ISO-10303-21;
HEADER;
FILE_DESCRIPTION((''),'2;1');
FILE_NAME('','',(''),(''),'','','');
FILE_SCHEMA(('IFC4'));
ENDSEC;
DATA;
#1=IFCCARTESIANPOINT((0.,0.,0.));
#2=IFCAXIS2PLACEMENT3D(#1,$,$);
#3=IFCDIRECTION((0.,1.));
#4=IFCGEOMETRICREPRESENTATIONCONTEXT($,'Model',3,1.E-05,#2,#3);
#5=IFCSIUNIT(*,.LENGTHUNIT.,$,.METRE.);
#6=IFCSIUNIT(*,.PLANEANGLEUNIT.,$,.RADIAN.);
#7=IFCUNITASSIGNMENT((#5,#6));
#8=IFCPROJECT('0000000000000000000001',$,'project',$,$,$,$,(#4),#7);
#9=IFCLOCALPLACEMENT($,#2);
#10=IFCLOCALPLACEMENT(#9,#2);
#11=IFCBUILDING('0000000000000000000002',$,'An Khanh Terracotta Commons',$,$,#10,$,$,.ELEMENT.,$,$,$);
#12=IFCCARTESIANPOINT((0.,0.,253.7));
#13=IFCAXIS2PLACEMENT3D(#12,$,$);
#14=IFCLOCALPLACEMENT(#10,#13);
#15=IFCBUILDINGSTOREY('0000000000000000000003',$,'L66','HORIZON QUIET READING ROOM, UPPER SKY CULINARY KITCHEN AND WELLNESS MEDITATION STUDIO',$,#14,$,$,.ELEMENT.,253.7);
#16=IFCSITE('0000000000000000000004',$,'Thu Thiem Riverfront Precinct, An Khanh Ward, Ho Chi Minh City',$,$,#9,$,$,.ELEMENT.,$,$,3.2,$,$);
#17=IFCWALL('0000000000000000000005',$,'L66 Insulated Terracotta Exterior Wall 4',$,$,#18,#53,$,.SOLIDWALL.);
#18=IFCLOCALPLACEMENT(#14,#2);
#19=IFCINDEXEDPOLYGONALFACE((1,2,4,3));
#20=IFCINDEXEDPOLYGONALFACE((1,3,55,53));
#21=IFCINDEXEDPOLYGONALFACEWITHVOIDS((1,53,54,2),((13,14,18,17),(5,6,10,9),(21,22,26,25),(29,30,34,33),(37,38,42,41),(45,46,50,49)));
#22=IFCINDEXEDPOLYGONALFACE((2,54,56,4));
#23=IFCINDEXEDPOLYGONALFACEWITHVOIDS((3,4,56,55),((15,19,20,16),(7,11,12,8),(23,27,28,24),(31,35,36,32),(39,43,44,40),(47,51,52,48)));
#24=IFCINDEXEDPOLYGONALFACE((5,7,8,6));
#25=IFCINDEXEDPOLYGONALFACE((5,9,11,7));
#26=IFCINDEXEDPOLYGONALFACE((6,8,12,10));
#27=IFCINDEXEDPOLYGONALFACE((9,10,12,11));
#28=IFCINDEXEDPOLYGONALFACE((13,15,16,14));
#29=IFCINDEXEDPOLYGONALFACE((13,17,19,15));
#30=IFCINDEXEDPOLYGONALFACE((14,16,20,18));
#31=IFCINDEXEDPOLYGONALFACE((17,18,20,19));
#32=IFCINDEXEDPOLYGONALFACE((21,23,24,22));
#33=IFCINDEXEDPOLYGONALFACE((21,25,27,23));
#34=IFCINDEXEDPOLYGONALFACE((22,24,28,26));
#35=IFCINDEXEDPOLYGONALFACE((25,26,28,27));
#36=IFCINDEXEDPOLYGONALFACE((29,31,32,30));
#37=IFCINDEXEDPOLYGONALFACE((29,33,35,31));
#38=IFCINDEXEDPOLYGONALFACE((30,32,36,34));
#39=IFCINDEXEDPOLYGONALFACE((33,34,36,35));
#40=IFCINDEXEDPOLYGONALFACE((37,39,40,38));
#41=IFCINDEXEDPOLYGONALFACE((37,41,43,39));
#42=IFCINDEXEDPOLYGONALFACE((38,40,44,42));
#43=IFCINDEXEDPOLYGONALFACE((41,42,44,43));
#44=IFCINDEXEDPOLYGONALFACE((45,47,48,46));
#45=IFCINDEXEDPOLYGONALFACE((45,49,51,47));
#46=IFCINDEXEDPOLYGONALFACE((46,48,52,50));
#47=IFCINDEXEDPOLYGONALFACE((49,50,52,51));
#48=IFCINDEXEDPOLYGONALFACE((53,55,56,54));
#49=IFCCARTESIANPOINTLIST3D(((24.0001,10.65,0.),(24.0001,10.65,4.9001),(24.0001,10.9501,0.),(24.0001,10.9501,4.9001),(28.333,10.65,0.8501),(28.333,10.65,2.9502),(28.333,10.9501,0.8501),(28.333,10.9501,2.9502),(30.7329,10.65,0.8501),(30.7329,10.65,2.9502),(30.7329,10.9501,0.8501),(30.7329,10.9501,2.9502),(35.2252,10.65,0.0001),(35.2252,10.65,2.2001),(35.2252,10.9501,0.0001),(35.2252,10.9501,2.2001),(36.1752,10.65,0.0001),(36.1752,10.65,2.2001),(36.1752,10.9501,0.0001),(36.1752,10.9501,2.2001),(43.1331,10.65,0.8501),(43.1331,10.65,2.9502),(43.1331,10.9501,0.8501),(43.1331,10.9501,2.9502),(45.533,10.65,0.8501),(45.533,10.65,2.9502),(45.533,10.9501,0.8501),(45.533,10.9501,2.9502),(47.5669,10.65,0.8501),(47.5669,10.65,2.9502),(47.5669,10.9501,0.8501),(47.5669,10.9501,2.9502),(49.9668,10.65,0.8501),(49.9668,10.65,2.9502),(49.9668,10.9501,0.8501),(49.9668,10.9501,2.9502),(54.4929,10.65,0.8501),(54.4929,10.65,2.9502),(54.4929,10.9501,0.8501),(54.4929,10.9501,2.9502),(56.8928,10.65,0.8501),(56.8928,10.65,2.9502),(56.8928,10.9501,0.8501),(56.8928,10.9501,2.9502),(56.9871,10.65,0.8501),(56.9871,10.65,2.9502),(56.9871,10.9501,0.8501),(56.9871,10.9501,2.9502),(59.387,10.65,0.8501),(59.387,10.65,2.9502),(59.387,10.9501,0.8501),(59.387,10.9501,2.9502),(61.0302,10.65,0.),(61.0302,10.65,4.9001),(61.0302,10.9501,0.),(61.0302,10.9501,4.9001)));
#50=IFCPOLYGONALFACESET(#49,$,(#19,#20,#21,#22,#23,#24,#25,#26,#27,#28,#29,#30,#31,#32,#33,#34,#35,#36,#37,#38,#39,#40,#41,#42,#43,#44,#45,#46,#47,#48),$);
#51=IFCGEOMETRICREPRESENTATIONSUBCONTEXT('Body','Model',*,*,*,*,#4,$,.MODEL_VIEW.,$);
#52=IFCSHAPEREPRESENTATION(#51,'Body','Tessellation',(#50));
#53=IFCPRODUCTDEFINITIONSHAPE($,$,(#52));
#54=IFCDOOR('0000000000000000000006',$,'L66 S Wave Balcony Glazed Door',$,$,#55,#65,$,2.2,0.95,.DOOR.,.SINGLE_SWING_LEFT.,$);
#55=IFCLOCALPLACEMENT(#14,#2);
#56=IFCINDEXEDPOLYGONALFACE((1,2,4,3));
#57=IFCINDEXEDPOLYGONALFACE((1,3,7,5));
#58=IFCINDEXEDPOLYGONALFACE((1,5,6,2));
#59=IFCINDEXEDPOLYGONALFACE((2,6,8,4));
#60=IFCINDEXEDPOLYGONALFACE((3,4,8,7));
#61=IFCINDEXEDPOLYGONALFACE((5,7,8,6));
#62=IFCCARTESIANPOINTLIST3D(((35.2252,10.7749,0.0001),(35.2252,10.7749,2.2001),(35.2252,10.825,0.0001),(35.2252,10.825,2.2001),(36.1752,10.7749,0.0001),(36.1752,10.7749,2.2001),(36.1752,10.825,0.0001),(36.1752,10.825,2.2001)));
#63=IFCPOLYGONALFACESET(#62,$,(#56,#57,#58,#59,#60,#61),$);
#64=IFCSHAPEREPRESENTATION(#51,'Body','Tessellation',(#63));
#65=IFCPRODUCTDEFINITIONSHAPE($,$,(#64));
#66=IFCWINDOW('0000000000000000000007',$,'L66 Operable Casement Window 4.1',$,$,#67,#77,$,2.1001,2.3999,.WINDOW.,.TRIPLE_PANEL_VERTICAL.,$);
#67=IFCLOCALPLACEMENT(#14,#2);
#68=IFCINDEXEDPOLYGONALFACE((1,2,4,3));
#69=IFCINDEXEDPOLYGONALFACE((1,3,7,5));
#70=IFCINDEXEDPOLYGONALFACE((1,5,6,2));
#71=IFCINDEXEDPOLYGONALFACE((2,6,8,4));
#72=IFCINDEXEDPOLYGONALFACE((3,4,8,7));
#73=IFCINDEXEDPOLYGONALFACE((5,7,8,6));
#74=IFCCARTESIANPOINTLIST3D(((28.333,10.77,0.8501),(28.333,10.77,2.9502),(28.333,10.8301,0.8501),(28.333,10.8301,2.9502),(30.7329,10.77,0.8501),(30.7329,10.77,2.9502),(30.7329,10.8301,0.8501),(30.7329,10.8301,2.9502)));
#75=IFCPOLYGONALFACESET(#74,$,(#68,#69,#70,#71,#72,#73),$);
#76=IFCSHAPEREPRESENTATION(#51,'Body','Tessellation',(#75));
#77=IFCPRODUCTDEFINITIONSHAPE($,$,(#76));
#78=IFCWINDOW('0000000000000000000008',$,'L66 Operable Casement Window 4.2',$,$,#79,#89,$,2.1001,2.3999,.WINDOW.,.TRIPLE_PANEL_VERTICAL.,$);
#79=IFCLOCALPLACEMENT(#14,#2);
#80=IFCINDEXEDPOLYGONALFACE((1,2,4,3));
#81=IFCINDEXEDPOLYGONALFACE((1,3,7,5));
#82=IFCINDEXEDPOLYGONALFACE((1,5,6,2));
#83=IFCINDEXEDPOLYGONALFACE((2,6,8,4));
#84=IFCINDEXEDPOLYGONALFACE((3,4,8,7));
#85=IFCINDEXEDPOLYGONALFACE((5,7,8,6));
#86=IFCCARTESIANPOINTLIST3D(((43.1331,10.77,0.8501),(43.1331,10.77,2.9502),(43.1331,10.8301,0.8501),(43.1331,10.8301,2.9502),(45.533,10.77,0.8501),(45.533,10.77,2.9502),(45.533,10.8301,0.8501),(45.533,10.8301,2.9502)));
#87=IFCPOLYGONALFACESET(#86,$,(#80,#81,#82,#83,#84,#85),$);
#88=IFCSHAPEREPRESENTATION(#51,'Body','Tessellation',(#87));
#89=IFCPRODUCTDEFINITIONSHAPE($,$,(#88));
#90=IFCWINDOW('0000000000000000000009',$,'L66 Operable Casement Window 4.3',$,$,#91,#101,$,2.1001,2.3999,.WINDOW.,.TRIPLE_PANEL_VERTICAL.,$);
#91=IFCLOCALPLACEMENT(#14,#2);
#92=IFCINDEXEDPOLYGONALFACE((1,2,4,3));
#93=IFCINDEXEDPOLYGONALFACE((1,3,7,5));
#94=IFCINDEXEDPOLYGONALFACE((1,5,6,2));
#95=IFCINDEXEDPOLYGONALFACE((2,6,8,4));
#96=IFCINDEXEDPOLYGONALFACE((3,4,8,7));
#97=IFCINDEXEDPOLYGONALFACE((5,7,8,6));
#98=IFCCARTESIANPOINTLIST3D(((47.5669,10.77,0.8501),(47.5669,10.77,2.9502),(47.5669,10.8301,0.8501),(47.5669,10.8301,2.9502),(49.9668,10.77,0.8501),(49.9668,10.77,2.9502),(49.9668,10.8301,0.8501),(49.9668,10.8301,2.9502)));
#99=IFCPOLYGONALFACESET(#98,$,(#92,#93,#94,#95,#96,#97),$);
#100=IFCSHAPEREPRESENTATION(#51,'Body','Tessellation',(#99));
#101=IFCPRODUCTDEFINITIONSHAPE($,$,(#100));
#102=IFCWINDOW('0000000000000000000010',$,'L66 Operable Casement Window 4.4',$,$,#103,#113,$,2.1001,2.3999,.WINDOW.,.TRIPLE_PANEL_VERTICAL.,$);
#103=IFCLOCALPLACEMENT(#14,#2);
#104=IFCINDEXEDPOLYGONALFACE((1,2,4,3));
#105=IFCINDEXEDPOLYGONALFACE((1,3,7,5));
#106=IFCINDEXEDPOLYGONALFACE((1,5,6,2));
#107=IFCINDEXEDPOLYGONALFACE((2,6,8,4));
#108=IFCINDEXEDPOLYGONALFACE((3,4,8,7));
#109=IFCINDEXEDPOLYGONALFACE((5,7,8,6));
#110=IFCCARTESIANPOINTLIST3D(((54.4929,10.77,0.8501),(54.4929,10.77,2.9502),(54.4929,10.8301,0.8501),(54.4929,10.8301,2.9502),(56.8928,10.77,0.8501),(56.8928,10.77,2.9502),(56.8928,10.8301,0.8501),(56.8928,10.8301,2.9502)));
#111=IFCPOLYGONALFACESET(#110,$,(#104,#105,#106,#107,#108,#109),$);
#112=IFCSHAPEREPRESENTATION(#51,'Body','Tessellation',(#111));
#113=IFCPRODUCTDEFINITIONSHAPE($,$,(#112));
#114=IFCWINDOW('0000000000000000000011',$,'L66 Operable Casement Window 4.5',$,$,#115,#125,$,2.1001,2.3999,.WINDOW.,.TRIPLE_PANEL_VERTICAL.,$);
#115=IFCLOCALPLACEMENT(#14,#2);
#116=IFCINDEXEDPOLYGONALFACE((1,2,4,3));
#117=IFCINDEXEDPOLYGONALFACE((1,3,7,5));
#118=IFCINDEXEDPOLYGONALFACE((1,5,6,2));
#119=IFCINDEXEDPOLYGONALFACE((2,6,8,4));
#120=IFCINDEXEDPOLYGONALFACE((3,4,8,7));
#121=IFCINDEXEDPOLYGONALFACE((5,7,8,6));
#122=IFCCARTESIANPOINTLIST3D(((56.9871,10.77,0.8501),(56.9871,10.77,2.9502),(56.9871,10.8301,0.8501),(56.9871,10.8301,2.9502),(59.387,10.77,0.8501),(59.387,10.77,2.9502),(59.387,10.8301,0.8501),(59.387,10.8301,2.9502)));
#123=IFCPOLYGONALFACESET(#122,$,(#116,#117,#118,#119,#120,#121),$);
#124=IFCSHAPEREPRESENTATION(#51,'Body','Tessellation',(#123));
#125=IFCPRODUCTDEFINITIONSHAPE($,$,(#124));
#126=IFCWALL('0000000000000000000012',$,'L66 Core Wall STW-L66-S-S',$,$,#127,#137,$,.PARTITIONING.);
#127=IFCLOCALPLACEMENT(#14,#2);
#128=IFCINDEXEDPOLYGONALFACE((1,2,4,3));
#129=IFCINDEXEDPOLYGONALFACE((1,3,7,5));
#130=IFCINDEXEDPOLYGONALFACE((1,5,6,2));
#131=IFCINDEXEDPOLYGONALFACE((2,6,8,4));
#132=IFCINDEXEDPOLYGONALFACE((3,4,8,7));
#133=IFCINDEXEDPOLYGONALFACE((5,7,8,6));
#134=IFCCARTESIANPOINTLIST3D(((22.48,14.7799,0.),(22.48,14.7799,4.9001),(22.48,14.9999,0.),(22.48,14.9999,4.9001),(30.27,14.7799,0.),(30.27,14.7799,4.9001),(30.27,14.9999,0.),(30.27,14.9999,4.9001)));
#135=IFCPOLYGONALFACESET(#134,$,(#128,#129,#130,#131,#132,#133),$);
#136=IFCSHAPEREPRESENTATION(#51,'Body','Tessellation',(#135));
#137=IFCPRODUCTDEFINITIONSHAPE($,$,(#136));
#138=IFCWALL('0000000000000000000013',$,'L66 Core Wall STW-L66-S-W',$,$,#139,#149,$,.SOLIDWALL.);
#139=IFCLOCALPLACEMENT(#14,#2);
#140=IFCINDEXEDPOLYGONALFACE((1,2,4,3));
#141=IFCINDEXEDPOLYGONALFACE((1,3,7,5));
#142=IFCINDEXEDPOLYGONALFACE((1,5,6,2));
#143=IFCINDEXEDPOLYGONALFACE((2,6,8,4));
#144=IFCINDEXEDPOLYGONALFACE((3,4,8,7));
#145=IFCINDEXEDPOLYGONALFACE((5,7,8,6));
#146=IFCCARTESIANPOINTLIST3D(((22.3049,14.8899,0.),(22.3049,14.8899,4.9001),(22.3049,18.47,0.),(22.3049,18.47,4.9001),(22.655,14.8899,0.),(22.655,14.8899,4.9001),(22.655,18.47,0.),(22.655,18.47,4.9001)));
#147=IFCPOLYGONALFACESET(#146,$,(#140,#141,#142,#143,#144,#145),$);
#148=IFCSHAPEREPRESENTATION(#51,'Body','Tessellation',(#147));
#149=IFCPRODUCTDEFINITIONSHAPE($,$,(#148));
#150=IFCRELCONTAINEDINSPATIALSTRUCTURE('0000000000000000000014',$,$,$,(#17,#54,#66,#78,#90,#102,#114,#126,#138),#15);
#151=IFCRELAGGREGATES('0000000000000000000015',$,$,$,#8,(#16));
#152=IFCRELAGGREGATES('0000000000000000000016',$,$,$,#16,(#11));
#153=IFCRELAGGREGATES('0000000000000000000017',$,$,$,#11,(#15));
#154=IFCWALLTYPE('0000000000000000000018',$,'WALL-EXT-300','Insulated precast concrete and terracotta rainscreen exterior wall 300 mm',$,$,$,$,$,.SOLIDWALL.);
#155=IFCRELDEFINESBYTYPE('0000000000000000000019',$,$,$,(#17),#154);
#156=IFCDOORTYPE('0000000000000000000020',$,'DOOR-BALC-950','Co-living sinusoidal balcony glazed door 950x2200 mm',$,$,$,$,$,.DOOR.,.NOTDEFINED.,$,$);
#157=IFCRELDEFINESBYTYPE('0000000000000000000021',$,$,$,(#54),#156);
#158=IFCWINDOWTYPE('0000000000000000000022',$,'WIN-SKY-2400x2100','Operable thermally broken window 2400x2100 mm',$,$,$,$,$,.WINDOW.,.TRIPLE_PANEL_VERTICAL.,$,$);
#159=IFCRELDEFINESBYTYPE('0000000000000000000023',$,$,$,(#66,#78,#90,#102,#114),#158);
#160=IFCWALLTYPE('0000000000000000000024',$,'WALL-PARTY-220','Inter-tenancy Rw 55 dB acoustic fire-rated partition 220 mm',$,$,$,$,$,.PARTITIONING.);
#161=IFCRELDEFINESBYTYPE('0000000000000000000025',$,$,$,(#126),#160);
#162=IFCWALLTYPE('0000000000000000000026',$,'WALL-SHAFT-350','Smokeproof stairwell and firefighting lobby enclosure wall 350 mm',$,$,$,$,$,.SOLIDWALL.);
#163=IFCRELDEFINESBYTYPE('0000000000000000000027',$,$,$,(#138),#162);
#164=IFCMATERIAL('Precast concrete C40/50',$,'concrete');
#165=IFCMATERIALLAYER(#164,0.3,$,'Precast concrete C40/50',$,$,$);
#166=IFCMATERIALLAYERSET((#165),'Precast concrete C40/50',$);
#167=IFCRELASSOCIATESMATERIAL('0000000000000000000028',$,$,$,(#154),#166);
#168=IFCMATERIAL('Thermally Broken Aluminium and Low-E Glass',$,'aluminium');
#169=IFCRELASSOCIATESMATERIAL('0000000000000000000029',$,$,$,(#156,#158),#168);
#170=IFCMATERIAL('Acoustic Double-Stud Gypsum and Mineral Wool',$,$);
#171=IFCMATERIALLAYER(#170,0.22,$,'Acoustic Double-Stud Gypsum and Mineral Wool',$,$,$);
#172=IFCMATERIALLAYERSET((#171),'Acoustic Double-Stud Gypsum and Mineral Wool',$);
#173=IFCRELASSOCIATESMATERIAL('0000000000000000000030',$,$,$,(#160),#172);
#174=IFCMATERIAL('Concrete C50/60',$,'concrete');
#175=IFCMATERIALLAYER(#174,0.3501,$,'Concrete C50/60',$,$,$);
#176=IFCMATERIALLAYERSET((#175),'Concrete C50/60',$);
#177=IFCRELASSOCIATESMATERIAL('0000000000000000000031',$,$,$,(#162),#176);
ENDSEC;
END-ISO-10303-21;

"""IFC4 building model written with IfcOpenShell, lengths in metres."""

from ifc_helpers import new_model, si_unit, direction, frame, frame_2d, origin, place, context, subcontext, project, spatial, rectangle, extrude, material, layer, layer_set, type_object, element, fill, save


model = new_model("IFC4")

# Units and contexts
model_context = context("Model", 3, precision=1e-05, world=origin(), true_north=direction((0.0, 1.0)))
body_context = subcontext(model_context, "Body", "Model", "MODEL_VIEW")
ifc_project = project(units=[si_unit("LENGTHUNIT", "METRE"), si_unit("PLANEANGLEUNIT", "RADIAN")], contexts=[model_context])

# Site, building, storey
site_placement = place(None, origin())
site = spatial("IfcSite", under=ifc_project, at=site_placement, Name="Thu Thiem Riverfront Precinct, An Khanh Ward, Ho Chi Minh City", CompositionType="ELEMENT", RefElevation=3.2)
building_placement = place(site_placement, origin())
building = spatial("IfcBuilding", under=site, at=building_placement, Name="An Khanh Terracotta Commons", CompositionType="ELEMENT")
storey_placement = place(building_placement, frame((0.0, 0.0, 253.7)))
storey = spatial("IfcBuildingStorey", under=building, at=storey_placement, Name="L66", Description="HORIZON QUIET READING ROOM, UPPER SKY CULINARY KITCHEN AND WELLNESS MEDITATION STUDIO", CompositionType="ELEMENT", Elevation=253.7)

# Shared definitions
ifc_material_1 = material(Name="Concrete C50/60", Category="concrete")

# Shared definitions
ifc_material_2 = material(Name="Precast concrete C40/50", Category="concrete")
ifc_layer_1 = layer(ifc_material_2, 0.3, Name="Precast concrete C40/50")
ifc_layer_set_1 = layer_set([ifc_layer_1], Name="Precast concrete C40/50")
wall_type_1 = type_object("IfcWallType", Name="WALL-EXT-300", Description="Insulated precast concrete and terracotta rainscreen exterior wall 300 mm", PredefinedType="SOLIDWALL", material=ifc_layer_set_1)

# Wall, openings, door, windows
wall_1_placement = place(storey_placement, frame((24.0, 10.8, 0.0), z_axis=(0.0, 0.0, 1.0), x_axis=(1.0, 0.0, 0.0)))
wall_1 = element("IfcWall", 1, at=wall_1_placement, inside=storey, type_object=wall_type_1, Name="L66 Insulated Terracotta Exterior Wall 4", PredefinedType="SOLIDWALL", context=body_context, shape_type="SweptSolid", body=[
    extrude(rectangle(XDim=37.03, YDim=0.3, at=frame_2d((18.5151, 0.0))), origin(), (0.0, 0.0, 1.0), 4.9001),
])
opening_1_placement = place(wall_1_placement, frame((11.2251, 0.0, 0.0)))
opening_1 = element("IfcOpeningElement", 2, at=opening_1_placement, cuts=wall_1, PredefinedType="OPENING", context=body_context, shape_type="SweptSolid", body=[
    extrude(rectangle(XDim=0.95, YDim=2.2, at=frame_2d((0.4751, 1.1001))), frame((0.0, 0.1599, 0.0), z_axis=(0.0, -1.0, 0.0), x_axis=(1.0, 0.0, 0.0)), (0.0, 0.0, 1.0), 0.3201),
])
opening_2_placement = place(wall_1_placement, frame((4.333, 0.0, 0.8501)))
opening_2 = element("IfcOpeningElement", 3, at=opening_2_placement, cuts=wall_1, PredefinedType="OPENING", context=body_context, shape_type="SweptSolid", body=[
    extrude(rectangle(XDim=2.3999, YDim=2.1001, at=frame_2d((1.2, 1.05))), frame((0.0, 0.1599, 0.0), z_axis=(0.0, -1.0, 0.0), x_axis=(1.0, 0.0, 0.0)), (0.0, 0.0, 1.0), 0.3201),
])
opening_3_placement = place(wall_1_placement, frame((19.1331, 0.0, 0.8501)))
opening_3 = element("IfcOpeningElement", 4, at=opening_3_placement, cuts=wall_1, PredefinedType="OPENING", context=body_context, shape_type="SweptSolid", body=[
    extrude(rectangle(XDim=2.3999, YDim=2.1001, at=frame_2d((1.2, 1.05))), frame((0.0, 0.1599, 0.0), z_axis=(0.0, -1.0, 0.0), x_axis=(1.0, 0.0, 0.0)), (0.0, 0.0, 1.0), 0.3201),
])
opening_4_placement = place(wall_1_placement, frame((23.5669, 0.0, 0.8501)))
opening_4 = element("IfcOpeningElement", 5, at=opening_4_placement, cuts=wall_1, PredefinedType="OPENING", context=body_context, shape_type="SweptSolid", body=[
    extrude(rectangle(XDim=2.3999, YDim=2.1001, at=frame_2d((1.2, 1.05))), frame((0.0, 0.1599, 0.0), z_axis=(0.0, -1.0, 0.0), x_axis=(1.0, 0.0, 0.0)), (0.0, 0.0, 1.0), 0.3201),
])
opening_5_placement = place(wall_1_placement, frame((30.4929, 0.0, 0.8501)))
opening_5 = element("IfcOpeningElement", 6, at=opening_5_placement, cuts=wall_1, PredefinedType="OPENING", context=body_context, shape_type="SweptSolid", body=[
    extrude(rectangle(XDim=2.3999, YDim=2.1001, at=frame_2d((1.2, 1.05))), frame((0.0, 0.1599, 0.0), z_axis=(0.0, -1.0, 0.0), x_axis=(1.0, 0.0, 0.0)), (0.0, 0.0, 1.0), 0.3201),
])
opening_6_placement = place(wall_1_placement, frame((32.9871, 0.0, 0.8501)))
opening_6 = element("IfcOpeningElement", 7, at=opening_6_placement, cuts=wall_1, PredefinedType="OPENING", context=body_context, shape_type="SweptSolid", body=[
    extrude(rectangle(XDim=2.3999, YDim=2.1001, at=frame_2d((1.2, 1.05))), frame((0.0, 0.1599, 0.0), z_axis=(0.0, -1.0, 0.0), x_axis=(1.0, 0.0, 0.0)), (0.0, 0.0, 1.0), 0.3201),
])
ifc_material_3 = material(Name="Thermally Broken Aluminium and Low-E Glass", Category="aluminium")
door_type = type_object("IfcDoorType", Name="DOOR-BALC-950", Description="Co-living sinusoidal balcony glazed door 950x2200 mm", OperationType="NOTDEFINED", PredefinedType="DOOR", material=ifc_material_3)
door_placement = place(opening_1_placement, origin())
door = element("IfcDoor", 8, at=door_placement, inside=storey, type_object=door_type, Name="L66 S Wave Balcony Glazed Door", OperationType="SINGLE_SWING_LEFT", OverallHeight=2.2, OverallWidth=0.95, PredefinedType="DOOR", context=body_context, shape_type="SweptSolid", body=[
    extrude(rectangle(XDim=0.95, YDim=2.2, at=frame_2d((0.4751, 1.1001))), frame((0.0, 0.0249, 0.0), z_axis=(0.0, -1.0, 0.0), x_axis=(1.0, 0.0, 0.0)), (0.0, 0.0, 1.0), 0.05),
])
fill(opening_1, door)
window_type = type_object("IfcWindowType", Name="WIN-SKY-2400x2100", Description="Operable thermally broken window 2400x2100 mm", PartitioningType="TRIPLE_PANEL_VERTICAL", PredefinedType="WINDOW", material=ifc_material_3)
window_1_placement = place(opening_2_placement, origin())
window_1 = element("IfcWindow", 9, at=window_1_placement, inside=storey, type_object=window_type, Name="L66 Operable Casement Window 4.1", OverallHeight=2.1001, OverallWidth=2.3999, PartitioningType="TRIPLE_PANEL_VERTICAL", PredefinedType="WINDOW", context=body_context, shape_type="SweptSolid", body=[
    extrude(rectangle(XDim=2.3999, YDim=2.1001, at=frame_2d((1.2, 1.05))), frame((0.0, 0.03, 0.0), z_axis=(0.0, -1.0, 0.0), x_axis=(1.0, 0.0, 0.0)), (0.0, 0.0, 1.0), 0.0601),
])
fill(opening_2, window_1)
window_2_placement = place(opening_3_placement, origin())
window_2 = element("IfcWindow", 10, at=window_2_placement, inside=storey, type_object=window_type, Name="L66 Operable Casement Window 4.2", OverallHeight=2.1001, OverallWidth=2.3999, PartitioningType="TRIPLE_PANEL_VERTICAL", PredefinedType="WINDOW", context=body_context, shape_type="SweptSolid", body=[
    extrude(rectangle(XDim=2.3999, YDim=2.1001, at=frame_2d((1.2, 1.05))), frame((0.0, 0.03, 0.0), z_axis=(0.0, -1.0, 0.0), x_axis=(1.0, 0.0, 0.0)), (0.0, 0.0, 1.0), 0.0601),
])
fill(opening_3, window_2)
window_3_placement = place(opening_4_placement, origin())
window_3 = element("IfcWindow", 11, at=window_3_placement, inside=storey, type_object=window_type, Name="L66 Operable Casement Window 4.3", OverallHeight=2.1001, OverallWidth=2.3999, PartitioningType="TRIPLE_PANEL_VERTICAL", PredefinedType="WINDOW", context=body_context, shape_type="SweptSolid", body=[
    extrude(rectangle(XDim=2.3999, YDim=2.1001, at=frame_2d((1.2, 1.05))), frame((0.0, 0.03, 0.0), z_axis=(0.0, -1.0, 0.0), x_axis=(1.0, 0.0, 0.0)), (0.0, 0.0, 1.0), 0.0601),
])
fill(opening_4, window_3)
window_4_placement = place(opening_5_placement, origin())
window_4 = element("IfcWindow", 12, at=window_4_placement, inside=storey, type_object=window_type, Name="L66 Operable Casement Window 4.4", OverallHeight=2.1001, OverallWidth=2.3999, PartitioningType="TRIPLE_PANEL_VERTICAL", PredefinedType="WINDOW", context=body_context, shape_type="SweptSolid", body=[
    extrude(rectangle(XDim=2.3999, YDim=2.1001, at=frame_2d((1.2, 1.05))), frame((0.0, 0.03, 0.0), z_axis=(0.0, -1.0, 0.0), x_axis=(1.0, 0.0, 0.0)), (0.0, 0.0, 1.0), 0.0601),
])
fill(opening_5, window_4)
window_5_placement = place(opening_6_placement, origin())
window_5 = element("IfcWindow", 13, at=window_5_placement, inside=storey, type_object=window_type, Name="L66 Operable Casement Window 4.5", OverallHeight=2.1001, OverallWidth=2.3999, PartitioningType="TRIPLE_PANEL_VERTICAL", PredefinedType="WINDOW", context=body_context, shape_type="SweptSolid", body=[
    extrude(rectangle(XDim=2.3999, YDim=2.1001, at=frame_2d((1.2, 1.05))), frame((0.0, 0.03, 0.0), z_axis=(0.0, -1.0, 0.0), x_axis=(1.0, 0.0, 0.0)), (0.0, 0.0, 1.0), 0.0601),
])
fill(opening_6, window_5)

# Walls
ifc_material_4 = material(Name="Acoustic Double-Stud Gypsum and Mineral Wool")
ifc_layer_2 = layer(ifc_material_4, 0.22, Name="Acoustic Double-Stud Gypsum and Mineral Wool")
ifc_layer_set_2 = layer_set([ifc_layer_2], Name="Acoustic Double-Stud Gypsum and Mineral Wool")
wall_type_2 = type_object("IfcWallType", Name="WALL-PARTY-220", Description="Inter-tenancy Rw 55 dB acoustic fire-rated partition 220 mm", PredefinedType="PARTITIONING", material=ifc_layer_set_2)
wall_2_placement = place(storey_placement, frame((22.48, 14.8899, 0.0), z_axis=(0.0, 0.0, 1.0), x_axis=(1.0, 0.0, 0.0)))
element("IfcWall", 14, at=wall_2_placement, inside=storey, type_object=wall_type_2, Name="L66 Core Wall STW-L66-S-S", PredefinedType="PARTITIONING", context=body_context, shape_type="SweptSolid", body=[
    extrude(rectangle(XDim=7.79, YDim=0.22, at=frame_2d((3.895, 0.0))), origin(), (0.0, 0.0, 1.0), 4.9001),
])
ifc_layer_3 = layer(ifc_material_1, 0.3501, Name="Concrete C50/60")
ifc_layer_set_3 = layer_set([ifc_layer_3], Name="Concrete C50/60")
wall_type_3 = type_object("IfcWallType", Name="WALL-SHAFT-350", Description="Smokeproof stairwell and firefighting lobby enclosure wall 350 mm", PredefinedType="SOLIDWALL", material=ifc_layer_set_3)
wall_3_placement = place(storey_placement, frame((22.48, 14.8899, 0.0), z_axis=(0.0, 0.0, 1.0), x_axis=(0.0, 1.0, 0.0)))
element("IfcWall", 15, at=wall_3_placement, inside=storey, type_object=wall_type_3, Name="L66 Core Wall STW-L66-S-W", PredefinedType="SOLIDWALL", context=body_context, shape_type="SweptSolid", body=[
    extrude(rectangle(XDim=3.5801, YDim=0.3501, at=frame_2d((1.79, 0.0))), origin(), (0.0, 0.0, 1.0), 4.9001),
])

save(model, "model.ifc")
